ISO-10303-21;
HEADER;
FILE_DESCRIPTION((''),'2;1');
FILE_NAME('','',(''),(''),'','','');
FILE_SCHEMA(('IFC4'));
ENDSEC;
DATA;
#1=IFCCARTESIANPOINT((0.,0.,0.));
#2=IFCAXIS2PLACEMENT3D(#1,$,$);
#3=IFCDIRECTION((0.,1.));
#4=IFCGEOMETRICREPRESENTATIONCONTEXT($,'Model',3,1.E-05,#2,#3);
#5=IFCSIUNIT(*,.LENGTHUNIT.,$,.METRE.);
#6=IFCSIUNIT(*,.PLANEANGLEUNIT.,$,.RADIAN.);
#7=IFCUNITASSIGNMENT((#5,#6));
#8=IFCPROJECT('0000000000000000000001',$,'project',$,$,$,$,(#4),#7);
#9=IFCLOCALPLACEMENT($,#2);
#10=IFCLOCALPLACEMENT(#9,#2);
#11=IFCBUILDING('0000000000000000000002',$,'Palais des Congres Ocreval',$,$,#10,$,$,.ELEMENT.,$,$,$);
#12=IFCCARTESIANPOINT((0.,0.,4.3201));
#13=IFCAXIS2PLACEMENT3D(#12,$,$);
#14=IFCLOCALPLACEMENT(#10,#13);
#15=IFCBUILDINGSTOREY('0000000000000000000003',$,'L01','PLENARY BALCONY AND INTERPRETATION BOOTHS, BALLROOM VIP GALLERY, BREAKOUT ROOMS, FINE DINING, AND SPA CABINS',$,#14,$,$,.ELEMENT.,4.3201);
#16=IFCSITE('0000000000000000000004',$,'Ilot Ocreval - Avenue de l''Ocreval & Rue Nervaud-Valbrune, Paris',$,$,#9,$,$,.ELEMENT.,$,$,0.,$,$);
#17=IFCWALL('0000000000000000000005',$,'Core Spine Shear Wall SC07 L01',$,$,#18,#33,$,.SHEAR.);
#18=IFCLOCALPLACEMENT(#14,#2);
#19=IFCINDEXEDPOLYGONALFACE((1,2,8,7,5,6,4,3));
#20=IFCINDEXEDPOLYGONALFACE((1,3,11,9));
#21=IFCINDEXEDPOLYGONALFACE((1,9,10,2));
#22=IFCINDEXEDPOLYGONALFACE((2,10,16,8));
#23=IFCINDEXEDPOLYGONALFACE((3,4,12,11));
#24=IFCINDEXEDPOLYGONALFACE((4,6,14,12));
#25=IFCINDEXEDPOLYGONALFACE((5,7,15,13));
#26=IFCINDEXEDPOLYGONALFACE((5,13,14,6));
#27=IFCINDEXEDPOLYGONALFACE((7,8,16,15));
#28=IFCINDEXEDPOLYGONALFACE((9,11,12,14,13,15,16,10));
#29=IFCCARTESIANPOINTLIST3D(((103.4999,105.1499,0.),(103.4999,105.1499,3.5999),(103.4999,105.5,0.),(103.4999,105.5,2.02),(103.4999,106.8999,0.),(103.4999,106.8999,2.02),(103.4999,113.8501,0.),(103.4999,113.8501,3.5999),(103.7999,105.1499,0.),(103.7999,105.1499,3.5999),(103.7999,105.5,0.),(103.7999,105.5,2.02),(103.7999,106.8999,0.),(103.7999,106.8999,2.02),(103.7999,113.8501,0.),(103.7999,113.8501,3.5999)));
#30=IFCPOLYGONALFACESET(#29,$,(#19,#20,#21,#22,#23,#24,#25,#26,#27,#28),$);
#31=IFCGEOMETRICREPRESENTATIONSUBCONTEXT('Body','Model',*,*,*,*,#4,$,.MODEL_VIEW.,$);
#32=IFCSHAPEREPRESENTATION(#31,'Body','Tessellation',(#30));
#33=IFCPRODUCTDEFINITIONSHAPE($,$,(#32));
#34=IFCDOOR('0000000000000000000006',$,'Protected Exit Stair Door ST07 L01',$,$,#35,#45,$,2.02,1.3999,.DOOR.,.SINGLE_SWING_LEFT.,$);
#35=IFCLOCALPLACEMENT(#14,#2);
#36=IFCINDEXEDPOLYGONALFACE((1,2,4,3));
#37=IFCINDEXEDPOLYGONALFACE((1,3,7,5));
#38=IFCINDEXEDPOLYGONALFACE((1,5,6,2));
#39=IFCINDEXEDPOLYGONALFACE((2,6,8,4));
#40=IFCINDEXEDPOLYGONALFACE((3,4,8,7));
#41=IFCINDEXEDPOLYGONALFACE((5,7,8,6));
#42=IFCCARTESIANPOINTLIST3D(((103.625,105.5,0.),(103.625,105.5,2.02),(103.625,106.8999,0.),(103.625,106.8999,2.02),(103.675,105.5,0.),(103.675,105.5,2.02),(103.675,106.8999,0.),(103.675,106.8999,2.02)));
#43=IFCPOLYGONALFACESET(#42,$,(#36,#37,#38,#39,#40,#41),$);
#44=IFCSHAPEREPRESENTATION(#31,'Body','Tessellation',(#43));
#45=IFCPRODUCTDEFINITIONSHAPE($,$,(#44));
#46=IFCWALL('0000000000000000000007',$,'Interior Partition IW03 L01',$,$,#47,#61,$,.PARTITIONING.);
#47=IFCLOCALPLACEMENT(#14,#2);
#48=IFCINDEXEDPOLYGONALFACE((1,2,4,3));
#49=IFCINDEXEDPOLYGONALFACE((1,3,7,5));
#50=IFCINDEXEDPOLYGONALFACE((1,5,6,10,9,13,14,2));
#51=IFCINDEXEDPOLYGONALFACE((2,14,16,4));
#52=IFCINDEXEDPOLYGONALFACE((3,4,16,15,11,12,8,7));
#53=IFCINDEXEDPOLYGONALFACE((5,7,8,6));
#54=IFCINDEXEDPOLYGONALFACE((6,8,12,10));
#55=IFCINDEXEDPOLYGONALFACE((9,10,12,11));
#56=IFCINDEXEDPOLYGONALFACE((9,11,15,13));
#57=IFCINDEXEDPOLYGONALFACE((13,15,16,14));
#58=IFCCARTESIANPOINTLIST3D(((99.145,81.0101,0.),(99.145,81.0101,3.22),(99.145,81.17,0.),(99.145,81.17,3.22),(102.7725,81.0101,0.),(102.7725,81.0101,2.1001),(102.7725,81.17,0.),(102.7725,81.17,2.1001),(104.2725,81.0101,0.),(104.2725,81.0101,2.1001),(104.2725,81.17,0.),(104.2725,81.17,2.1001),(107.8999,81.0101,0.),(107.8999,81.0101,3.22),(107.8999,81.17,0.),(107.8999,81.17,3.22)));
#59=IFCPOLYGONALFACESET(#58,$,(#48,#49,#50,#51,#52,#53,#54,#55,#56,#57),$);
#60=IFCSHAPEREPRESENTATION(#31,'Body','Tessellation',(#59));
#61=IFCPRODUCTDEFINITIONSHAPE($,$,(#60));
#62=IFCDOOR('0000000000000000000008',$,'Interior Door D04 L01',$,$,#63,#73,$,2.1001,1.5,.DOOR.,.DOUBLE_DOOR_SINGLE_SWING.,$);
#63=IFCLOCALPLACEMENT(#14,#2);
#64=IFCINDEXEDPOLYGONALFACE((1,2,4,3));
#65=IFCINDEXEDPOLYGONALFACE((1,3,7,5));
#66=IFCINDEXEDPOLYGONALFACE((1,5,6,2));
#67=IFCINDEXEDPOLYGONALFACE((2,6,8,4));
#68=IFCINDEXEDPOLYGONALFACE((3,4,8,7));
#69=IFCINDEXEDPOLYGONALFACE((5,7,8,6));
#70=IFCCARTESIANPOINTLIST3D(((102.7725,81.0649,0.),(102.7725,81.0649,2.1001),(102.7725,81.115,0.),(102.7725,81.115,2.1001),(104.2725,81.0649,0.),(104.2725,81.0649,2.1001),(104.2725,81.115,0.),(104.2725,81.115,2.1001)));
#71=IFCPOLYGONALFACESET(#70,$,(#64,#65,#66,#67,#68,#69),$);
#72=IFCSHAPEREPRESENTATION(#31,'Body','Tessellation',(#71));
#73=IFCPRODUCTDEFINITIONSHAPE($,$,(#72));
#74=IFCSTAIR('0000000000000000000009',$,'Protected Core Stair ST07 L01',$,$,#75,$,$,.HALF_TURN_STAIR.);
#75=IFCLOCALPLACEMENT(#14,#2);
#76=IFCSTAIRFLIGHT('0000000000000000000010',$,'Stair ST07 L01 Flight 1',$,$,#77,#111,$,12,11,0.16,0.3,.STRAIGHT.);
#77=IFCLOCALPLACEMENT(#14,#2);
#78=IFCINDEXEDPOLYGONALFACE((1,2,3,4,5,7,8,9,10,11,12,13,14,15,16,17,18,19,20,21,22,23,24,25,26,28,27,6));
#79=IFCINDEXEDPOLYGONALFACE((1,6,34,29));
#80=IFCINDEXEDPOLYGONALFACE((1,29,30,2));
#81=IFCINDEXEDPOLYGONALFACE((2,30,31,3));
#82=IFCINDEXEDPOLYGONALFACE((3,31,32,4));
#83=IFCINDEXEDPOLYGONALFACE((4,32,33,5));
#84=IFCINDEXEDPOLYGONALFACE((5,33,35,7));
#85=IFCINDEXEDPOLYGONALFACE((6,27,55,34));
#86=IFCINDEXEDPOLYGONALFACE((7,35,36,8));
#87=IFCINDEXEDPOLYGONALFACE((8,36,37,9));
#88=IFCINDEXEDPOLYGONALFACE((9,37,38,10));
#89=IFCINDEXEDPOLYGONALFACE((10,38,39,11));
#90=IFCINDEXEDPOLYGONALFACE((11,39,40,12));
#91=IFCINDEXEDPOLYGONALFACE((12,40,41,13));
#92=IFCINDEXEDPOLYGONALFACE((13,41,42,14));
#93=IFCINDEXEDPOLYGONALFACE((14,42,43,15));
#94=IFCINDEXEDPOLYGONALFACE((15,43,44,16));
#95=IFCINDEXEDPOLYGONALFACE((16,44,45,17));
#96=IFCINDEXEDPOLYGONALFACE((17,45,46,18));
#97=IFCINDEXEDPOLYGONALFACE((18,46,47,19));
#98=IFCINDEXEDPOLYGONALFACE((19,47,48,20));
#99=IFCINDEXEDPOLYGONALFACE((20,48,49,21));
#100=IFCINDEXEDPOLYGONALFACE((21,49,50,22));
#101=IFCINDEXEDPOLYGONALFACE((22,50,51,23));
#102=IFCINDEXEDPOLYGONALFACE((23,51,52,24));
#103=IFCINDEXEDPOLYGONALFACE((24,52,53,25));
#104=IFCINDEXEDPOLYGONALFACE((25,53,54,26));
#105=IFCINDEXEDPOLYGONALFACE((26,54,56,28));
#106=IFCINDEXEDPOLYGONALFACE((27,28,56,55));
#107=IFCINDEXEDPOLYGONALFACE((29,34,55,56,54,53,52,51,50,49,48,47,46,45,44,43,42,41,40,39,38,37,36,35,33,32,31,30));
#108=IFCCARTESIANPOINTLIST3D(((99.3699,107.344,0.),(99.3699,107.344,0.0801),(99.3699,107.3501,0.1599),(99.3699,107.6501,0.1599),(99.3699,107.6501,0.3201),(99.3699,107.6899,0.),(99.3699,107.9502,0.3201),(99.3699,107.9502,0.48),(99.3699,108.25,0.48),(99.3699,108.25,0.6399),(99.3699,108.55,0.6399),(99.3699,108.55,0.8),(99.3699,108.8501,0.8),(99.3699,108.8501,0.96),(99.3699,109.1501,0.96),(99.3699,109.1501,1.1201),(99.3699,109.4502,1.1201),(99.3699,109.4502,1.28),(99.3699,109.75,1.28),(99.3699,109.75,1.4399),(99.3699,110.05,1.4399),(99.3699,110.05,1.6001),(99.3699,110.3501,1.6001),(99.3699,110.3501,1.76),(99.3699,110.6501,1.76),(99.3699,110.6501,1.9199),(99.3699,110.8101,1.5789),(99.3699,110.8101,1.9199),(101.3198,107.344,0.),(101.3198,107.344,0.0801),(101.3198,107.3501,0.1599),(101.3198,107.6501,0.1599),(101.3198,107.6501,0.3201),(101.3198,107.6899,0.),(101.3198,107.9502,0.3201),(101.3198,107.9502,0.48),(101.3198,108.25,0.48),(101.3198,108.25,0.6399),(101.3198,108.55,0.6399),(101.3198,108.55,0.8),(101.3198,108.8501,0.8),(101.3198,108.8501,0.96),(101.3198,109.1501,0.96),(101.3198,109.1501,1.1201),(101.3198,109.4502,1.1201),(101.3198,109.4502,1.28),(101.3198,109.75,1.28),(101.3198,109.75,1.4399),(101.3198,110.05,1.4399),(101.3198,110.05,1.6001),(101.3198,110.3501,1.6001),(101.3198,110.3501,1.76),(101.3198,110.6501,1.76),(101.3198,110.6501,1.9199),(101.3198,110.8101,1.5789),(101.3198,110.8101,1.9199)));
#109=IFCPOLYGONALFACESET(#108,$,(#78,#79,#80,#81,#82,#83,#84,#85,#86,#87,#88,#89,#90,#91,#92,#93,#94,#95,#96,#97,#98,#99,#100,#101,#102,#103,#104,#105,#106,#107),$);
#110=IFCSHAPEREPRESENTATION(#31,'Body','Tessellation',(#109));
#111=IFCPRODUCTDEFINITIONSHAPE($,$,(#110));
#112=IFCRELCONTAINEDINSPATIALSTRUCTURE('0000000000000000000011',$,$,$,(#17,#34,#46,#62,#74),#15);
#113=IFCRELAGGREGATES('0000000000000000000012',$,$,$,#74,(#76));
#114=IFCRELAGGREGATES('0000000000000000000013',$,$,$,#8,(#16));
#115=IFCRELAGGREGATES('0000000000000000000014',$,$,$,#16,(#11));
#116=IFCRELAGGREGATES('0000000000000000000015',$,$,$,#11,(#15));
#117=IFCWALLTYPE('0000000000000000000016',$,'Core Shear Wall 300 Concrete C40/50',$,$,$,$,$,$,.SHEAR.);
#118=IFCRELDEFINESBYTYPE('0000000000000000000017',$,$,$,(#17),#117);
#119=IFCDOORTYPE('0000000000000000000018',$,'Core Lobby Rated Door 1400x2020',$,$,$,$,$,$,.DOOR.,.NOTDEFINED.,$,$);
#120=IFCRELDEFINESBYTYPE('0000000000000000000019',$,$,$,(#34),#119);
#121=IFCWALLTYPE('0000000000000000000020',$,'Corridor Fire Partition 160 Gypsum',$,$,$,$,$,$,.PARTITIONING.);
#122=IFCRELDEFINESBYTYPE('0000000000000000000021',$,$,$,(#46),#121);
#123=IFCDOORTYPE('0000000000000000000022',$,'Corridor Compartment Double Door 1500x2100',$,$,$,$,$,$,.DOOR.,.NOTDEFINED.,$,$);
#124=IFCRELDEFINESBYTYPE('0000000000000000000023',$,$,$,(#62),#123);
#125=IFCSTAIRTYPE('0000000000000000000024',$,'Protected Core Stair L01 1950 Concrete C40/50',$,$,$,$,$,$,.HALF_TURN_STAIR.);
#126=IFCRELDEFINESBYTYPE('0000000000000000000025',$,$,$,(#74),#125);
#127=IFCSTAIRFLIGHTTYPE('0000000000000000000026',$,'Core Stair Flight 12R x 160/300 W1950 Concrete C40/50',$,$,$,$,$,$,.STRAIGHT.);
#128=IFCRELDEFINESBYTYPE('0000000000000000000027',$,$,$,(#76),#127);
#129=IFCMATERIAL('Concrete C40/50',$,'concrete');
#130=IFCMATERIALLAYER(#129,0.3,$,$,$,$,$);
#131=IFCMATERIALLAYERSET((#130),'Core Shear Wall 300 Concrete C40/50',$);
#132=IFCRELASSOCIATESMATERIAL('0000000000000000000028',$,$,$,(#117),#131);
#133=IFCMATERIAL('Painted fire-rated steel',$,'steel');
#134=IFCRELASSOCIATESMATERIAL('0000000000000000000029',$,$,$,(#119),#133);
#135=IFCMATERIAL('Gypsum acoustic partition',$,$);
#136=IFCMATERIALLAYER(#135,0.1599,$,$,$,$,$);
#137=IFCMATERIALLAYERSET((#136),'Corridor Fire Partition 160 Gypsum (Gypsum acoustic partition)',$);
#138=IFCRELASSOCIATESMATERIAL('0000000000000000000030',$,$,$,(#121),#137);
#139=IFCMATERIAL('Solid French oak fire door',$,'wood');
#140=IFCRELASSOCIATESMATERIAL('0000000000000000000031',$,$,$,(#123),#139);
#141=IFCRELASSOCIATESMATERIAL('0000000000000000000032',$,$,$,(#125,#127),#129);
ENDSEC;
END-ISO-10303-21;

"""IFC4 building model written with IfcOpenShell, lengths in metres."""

from ifc_helpers import new_model, si_unit, direction, frame, frame_2d, origin, place, context, subcontext, project, spatial, polyline, rectangle, outline, extrude, material, layer, layer_set, type_object, element, fill, aggregate, save


model = new_model("IFC4")

# Units and contexts
model_context = context("Model", 3, precision=1e-05, world=origin(), true_north=direction((0.0, 1.0)))
body_context = subcontext(model_context, "Body", "Model", "MODEL_VIEW")
ifc_project = project(units=[si_unit("LENGTHUNIT", "METRE"), si_unit("PLANEANGLEUNIT", "RADIAN")], contexts=[model_context])

# Site, building, storey
site_placement = place(None, origin())
site = spatial("IfcSite", under=ifc_project, at=site_placement, Name="Ilot Ocreval - Avenue de l'Ocreval & Rue Nervaud-Valbrune, Paris", CompositionType="ELEMENT", RefElevation=0.0)
building_placement = place(site_placement, origin())
building = spatial("IfcBuilding", under=site, at=building_placement, Name="Palais des Congres Ocreval", CompositionType="ELEMENT")
storey_placement = place(building_placement, frame((0.0, 0.0, 4.3201)))
storey = spatial("IfcBuildingStorey", under=building, at=storey_placement, Name="L01", Description="PLENARY BALCONY AND INTERPRETATION BOOTHS, BALLROOM VIP GALLERY, BREAKOUT ROOMS, FINE DINING, AND SPA CABINS", CompositionType="ELEMENT", Elevation=4.3201)

# Walls, openings, doors
ifc_material_1 = material(Name="Concrete C40/50", Category="concrete")
ifc_layer_1 = layer(ifc_material_1, 0.3)
ifc_layer_set_1 = layer_set([ifc_layer_1], Name="Core Shear Wall 300 Concrete C40/50")
wall_type_1 = type_object("IfcWallType", Name="Core Shear Wall 300 Concrete C40/50", PredefinedType="SHEAR", material=ifc_layer_set_1)
ifc_material_2 = material(Name="Painted fire-rated steel", Category="steel")
door_type_1 = type_object("IfcDoorType", Name="Core Lobby Rated Door 1400x2020", OperationType="NOTDEFINED", PredefinedType="DOOR", material=ifc_material_2)
wall_1_placement = place(storey_placement, frame((103.6499, 105.1499, 0.0), z_axis=(0.0, 0.0, 1.0), x_axis=(0.0, 1.0, 0.0)))
wall_1 = element("IfcWall", 1, at=wall_1_placement, inside=storey, type_object=wall_type_1, Name="Core Spine Shear Wall SC07 L01", PredefinedType="SHEAR", context=body_context, shape_type="SweptSolid", body=[
    extrude(rectangle(XDim=8.7002, YDim=0.3, at=frame_2d((4.3501, 0.0))), origin(), (0.0, 0.0, 1.0), 3.5999),
])
opening_1_placement = place(wall_1_placement, frame((0.3501, 0.0, 0.0)))
opening_1 = element("IfcOpeningElement", 2, at=opening_1_placement, cuts=wall_1, PredefinedType="OPENING", context=body_context, shape_type="SweptSolid", body=[
    extrude(rectangle(XDim=1.3999, YDim=2.02, at=frame_2d((0.7, 1.01))), frame((0.0, 0.1599, 0.0), z_axis=(0.0, -1.0, 0.0), x_axis=(1.0, 0.0, 0.0)), (0.0, 0.0, 1.0), 0.3201),
])
door_1_placement = place(opening_1_placement, origin())
door_1 = element("IfcDoor", 3, at=door_1_placement, inside=storey, type_object=door_type_1, Name="Protected Exit Stair Door ST07 L01", OperationType="SINGLE_SWING_LEFT", OverallHeight=2.02, OverallWidth=1.3999, PredefinedType="DOOR", context=body_context, shape_type="SweptSolid", body=[
    extrude(rectangle(XDim=1.3999, YDim=2.02, at=frame_2d((0.7, 1.01))), frame((0.0, 0.0249, 0.0), z_axis=(0.0, -1.0, 0.0), x_axis=(1.0, 0.0, 0.0)), (0.0, 0.0, 1.0), 0.05),
])
fill(opening_1, door_1)
ifc_material_3 = material(Name="Gypsum acoustic partition")
ifc_layer_2 = layer(ifc_material_3, 0.1599)
ifc_layer_set_2 = layer_set([ifc_layer_2], Name="Corridor Fire Partition 160 Gypsum (Gypsum acoustic partition)")
wall_type_2 = type_object("IfcWallType", Name="Corridor Fire Partition 160 Gypsum", PredefinedType="PARTITIONING", material=ifc_layer_set_2)
wall_2_placement = place(storey_placement, frame((99.145, 81.0901, 0.0), z_axis=(0.0, 0.0, 1.0), x_axis=(1.0, 0.0, 0.0)))
wall_2 = element("IfcWall", 4, at=wall_2_placement, inside=storey, type_object=wall_type_2, Name="Interior Partition IW03 L01", PredefinedType="PARTITIONING", context=body_context, shape_type="SweptSolid", body=[
    extrude(rectangle(XDim=8.7549, YDim=0.1599, at=frame_2d((4.3774, 0.0))), origin(), (0.0, 0.0, 1.0), 3.22),
])
opening_2_placement = place(wall_2_placement, frame((3.6274, 0.0, 0.0)))
opening_2 = element("IfcOpeningElement", 5, at=opening_2_placement, cuts=wall_2, PredefinedType="OPENING", context=body_context, shape_type="SweptSolid", body=[
    extrude(rectangle(XDim=1.5, YDim=2.1001, at=frame_2d((0.75, 1.05))), frame((0.0, 0.0898, 0.0), z_axis=(0.0, -1.0, 0.0), x_axis=(1.0, 0.0, 0.0)), (0.0, 0.0, 1.0), 0.1799),
])
ifc_material_4 = material(Name="Solid French oak fire door", Category="wood")
door_type_2 = type_object("IfcDoorType", Name="Corridor Compartment Double Door 1500x2100", OperationType="NOTDEFINED", PredefinedType="DOOR", material=ifc_material_4)
door_2_placement = place(opening_2_placement, origin())
door_2 = element("IfcDoor", 6, at=door_2_placement, inside=storey, type_object=door_type_2, Name="Interior Door D04 L01", OperationType="DOUBLE_DOOR_SINGLE_SWING", OverallHeight=2.1001, OverallWidth=1.5, PredefinedType="DOOR", context=body_context, shape_type="SweptSolid", body=[
    extrude(rectangle(XDim=1.5, YDim=2.1001, at=frame_2d((0.75, 1.05))), frame((0.0, 0.0249, 0.0), z_axis=(0.0, -1.0, 0.0), x_axis=(1.0, 0.0, 0.0)), (0.0, 0.0, 1.0), 0.05),
])
fill(opening_2, door_2)

# Stair, stair flight
stair_type = type_object("IfcStairType", Name="Protected Core Stair L01 1950 Concrete C40/50", PredefinedType="HALF_TURN_STAIR", material=ifc_material_1)
stair_placement = place(storey_placement, origin())
stair = element("IfcStair", 7, at=stair_placement, inside=storey, type_object=stair_type, Name="Protected Core Stair ST07 L01", PredefinedType="HALF_TURN_STAIR")
stair_flight_type = type_object("IfcStairFlightType", Name="Core Stair Flight 12R x 160/300 W1950 Concrete C40/50", PredefinedType="STRAIGHT", material=ifc_material_1)
stair_flight_placement = place(storey_placement, frame((100.345, 107.3501, 0.0), z_axis=(0.0, 0.0, 1.0), x_axis=(0.0, 1.0, 0.0)))
stair_flight = element("IfcStairFlight", 8, at=stair_flight_placement, type_object=stair_flight_type, Name="Stair ST07 L01 Flight 1", NumberOfRisers=12, NumberOfTreads=11, PredefinedType="STRAIGHT", RiserHeight=0.16, TreadLength=0.3, context=body_context, shape_type="SweptSolid", body=[
    extrude(outline(polyline([(-0.0061, 0.0), (-0.0061, 0.0801), (0.0, 0.1599), (0.3, 0.1599), (0.3, 0.3201), (0.6001, 0.3201), (0.6001, 0.48), (0.8999, 0.48), (0.8999, 0.6399), (1.2, 0.6399), (1.2, 0.8), (1.5, 0.8), (1.5, 0.96), (1.8, 0.96), (1.8, 1.1201), (2.1001, 1.1201), (2.1001, 1.28), (2.3999, 1.28), (2.3999, 1.4399), (2.7, 1.4399), (2.7, 1.6001), (3.0, 1.6001), (3.0, 1.76), (3.3, 1.76), (3.3, 1.9199), (3.46, 1.9199), (3.46, 1.5789), (0.3398, 0.0), (-0.0061, 0.0)])), frame((0.0, 0.9751, 0.0), z_axis=(0.0, -1.0, 0.0), x_axis=(1.0, 0.0, 0.0)), (0.0, 0.0, 1.0), 1.95),
])
aggregate(stair, [stair_flight])

save(model, "model.ifc")
